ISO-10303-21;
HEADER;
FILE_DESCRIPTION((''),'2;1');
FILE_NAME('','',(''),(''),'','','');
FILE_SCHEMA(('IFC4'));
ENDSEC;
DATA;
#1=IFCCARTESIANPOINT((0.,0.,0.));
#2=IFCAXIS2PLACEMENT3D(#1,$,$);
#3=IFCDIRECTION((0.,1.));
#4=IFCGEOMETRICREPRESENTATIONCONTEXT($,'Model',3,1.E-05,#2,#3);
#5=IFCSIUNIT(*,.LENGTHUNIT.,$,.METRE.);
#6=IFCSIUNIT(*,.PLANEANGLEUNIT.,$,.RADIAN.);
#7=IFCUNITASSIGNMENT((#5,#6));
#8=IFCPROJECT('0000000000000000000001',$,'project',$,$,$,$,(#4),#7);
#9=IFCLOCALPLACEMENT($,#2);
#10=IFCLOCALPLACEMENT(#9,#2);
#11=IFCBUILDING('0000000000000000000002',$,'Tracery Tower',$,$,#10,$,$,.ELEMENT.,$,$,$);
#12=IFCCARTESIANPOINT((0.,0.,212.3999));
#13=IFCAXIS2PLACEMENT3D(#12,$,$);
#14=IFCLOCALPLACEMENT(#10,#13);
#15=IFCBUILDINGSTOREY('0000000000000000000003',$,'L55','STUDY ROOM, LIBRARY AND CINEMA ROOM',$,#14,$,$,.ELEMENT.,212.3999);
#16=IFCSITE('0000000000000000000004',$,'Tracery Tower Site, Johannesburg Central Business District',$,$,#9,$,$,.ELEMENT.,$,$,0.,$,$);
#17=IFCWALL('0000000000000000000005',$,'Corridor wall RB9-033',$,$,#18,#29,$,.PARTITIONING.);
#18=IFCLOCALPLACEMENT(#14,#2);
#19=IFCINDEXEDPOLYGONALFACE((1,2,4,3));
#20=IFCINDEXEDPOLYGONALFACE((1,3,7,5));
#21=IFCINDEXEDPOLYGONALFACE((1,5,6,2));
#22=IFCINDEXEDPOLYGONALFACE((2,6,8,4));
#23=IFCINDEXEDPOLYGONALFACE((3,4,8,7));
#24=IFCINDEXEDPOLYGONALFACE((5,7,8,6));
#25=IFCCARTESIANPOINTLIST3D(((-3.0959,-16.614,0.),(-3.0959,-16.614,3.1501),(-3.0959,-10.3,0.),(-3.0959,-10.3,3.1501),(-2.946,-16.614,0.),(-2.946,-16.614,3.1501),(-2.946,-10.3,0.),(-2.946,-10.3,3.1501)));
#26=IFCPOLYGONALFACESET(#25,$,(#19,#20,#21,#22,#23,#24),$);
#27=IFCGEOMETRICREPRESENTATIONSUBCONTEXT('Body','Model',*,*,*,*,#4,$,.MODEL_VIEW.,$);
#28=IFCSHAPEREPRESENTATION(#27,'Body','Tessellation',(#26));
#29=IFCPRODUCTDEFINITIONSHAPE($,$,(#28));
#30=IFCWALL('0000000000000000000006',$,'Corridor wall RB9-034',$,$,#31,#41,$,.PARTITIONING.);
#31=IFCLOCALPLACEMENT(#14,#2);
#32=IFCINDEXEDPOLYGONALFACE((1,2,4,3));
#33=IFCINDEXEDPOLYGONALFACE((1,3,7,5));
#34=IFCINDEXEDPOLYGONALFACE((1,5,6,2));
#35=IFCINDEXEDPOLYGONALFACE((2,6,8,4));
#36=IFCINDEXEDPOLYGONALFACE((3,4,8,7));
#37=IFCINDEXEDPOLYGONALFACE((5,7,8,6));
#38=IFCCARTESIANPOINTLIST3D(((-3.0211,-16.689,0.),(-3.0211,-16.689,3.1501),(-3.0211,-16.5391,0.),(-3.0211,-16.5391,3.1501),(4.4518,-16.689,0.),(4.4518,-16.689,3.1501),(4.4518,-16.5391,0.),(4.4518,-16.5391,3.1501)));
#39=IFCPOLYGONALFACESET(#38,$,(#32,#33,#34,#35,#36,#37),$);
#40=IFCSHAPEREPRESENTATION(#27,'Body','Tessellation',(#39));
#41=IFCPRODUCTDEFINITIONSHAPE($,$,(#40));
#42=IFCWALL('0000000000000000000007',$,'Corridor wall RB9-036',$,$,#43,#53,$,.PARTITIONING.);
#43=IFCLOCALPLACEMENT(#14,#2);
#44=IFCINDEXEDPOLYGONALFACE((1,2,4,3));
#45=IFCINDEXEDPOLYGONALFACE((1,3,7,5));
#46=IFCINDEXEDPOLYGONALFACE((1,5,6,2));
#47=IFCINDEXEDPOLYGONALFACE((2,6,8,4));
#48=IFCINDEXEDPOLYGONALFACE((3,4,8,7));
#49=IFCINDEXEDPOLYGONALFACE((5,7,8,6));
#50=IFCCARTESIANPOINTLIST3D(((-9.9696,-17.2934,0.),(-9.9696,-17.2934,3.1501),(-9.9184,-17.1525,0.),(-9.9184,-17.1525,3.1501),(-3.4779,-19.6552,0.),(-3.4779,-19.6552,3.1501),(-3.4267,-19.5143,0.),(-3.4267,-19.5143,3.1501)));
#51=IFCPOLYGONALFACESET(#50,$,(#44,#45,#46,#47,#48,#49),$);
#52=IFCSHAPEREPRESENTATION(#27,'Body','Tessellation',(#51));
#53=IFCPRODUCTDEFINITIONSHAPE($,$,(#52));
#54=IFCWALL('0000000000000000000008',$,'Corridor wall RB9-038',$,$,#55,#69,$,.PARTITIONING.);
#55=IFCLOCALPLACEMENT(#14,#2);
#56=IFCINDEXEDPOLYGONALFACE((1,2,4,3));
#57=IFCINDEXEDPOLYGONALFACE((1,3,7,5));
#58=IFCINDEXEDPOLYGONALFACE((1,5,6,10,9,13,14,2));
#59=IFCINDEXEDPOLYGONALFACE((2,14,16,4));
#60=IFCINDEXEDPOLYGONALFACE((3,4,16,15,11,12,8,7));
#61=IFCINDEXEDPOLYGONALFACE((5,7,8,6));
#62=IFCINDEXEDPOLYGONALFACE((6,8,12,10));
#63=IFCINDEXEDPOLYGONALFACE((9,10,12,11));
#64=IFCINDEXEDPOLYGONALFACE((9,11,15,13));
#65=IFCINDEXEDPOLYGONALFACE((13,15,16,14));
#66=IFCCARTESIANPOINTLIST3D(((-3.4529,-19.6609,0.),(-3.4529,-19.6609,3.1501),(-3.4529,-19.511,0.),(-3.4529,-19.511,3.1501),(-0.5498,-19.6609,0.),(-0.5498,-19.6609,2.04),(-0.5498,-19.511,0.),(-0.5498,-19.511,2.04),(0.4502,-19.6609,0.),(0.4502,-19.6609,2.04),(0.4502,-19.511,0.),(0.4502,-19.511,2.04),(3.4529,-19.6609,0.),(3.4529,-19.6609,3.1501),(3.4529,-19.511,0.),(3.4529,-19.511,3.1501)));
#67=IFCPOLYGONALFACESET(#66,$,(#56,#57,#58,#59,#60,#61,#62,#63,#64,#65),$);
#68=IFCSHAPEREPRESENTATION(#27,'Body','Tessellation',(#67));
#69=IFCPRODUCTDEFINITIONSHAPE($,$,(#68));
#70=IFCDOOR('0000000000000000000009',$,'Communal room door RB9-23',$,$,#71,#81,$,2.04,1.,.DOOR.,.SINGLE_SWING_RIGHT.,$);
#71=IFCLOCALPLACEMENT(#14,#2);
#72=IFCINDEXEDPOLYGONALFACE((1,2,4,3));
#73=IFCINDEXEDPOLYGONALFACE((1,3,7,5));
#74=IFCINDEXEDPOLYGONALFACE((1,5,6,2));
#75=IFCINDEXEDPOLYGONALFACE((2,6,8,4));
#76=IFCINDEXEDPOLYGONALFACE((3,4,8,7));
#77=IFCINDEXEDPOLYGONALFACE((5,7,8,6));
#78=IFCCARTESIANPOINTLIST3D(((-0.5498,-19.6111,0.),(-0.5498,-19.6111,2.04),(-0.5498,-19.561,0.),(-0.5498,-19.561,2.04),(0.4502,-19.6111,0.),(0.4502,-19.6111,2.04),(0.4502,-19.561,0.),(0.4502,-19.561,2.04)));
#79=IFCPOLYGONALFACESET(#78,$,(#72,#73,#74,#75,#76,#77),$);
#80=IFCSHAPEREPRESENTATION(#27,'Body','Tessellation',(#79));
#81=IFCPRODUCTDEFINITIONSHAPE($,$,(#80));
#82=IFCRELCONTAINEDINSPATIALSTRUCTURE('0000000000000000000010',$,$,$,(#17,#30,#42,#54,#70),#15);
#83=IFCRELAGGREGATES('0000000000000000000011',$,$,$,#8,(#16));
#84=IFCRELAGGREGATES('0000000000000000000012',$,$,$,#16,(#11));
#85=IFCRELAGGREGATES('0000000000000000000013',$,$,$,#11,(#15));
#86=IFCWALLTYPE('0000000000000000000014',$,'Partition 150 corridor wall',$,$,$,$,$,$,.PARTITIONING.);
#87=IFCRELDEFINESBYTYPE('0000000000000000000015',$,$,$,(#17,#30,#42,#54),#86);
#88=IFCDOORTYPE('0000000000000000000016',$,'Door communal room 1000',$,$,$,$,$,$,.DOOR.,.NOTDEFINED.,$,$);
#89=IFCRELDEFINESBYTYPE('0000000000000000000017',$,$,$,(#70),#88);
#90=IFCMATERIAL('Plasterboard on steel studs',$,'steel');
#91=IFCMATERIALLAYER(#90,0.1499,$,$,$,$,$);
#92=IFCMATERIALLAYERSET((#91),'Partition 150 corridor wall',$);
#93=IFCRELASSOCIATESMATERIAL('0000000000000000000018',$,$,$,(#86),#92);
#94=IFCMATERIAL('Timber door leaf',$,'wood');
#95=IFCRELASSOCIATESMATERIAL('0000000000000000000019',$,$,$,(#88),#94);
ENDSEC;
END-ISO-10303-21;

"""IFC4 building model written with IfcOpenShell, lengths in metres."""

from ifc_helpers import new_model, si_unit, direction, frame, frame_2d, origin, place, context, subcontext, project, spatial, rectangle, extrude, material, layer, layer_set, type_object, element, fill, save


model = new_model("IFC4")

# Units and contexts
model_context = context("Model", 3, precision=1e-05, world=origin(), true_north=direction((0.0, 1.0)))
body_context = subcontext(model_context, "Body", "Model", "MODEL_VIEW")
ifc_project = project(units=[si_unit("LENGTHUNIT", "METRE"), si_unit("PLANEANGLEUNIT", "RADIAN")], contexts=[model_context])

# Site, building, storey
site_placement = place(None, origin())
site = spatial("IfcSite", under=ifc_project, at=site_placement, Name="Tracery Tower Site, Johannesburg Central Business District", CompositionType="ELEMENT", RefElevation=0.0)
building_placement = place(site_placement, origin())
building = spatial("IfcBuilding", under=site, at=building_placement, Name="Tracery Tower", CompositionType="ELEMENT")
storey_placement = place(building_placement, frame((0.0, 0.0, 212.3999)))
storey = spatial("IfcBuildingStorey", under=building, at=storey_placement, Name="L55", Description="STUDY ROOM, LIBRARY AND CINEMA ROOM", CompositionType="ELEMENT", Elevation=212.3999)

# Shared definitions
ifc_material_1 = material(Name="Plasterboard on steel studs", Category="steel")
ifc_layer_1 = layer(ifc_material_1, 0.1499)
ifc_layer_set_1 = layer_set([ifc_layer_1], Name="Partition 150 corridor wall")
wall_type_1 = type_object("IfcWallType", Name="Partition 150 corridor wall", PredefinedType="PARTITIONING", material=ifc_layer_set_1)

# Walls
wall_1_placement = place(storey_placement, frame((-3.021, -16.614, 0.0), z_axis=(0.0, 0.0, 1.0), x_axis=(0.0, 1.0, 0.0)))
element("IfcWall", 1, at=wall_1_placement, inside=storey, type_object=wall_type_1, Name="Corridor wall RB9-033", PredefinedType="PARTITIONING", context=body_context, shape_type="SweptSolid", body=[
    extrude(rectangle(XDim=6.314, YDim=0.1499, at=frame_2d((3.157, 0.0))), origin(), (0.0, 0.0, 1.0), 3.1501),
])
wall_2_placement = place(storey_placement, frame((-3.021, -16.614, 0.0), z_axis=(0.0, 0.0, 1.0), x_axis=(1.0, 0.0, 0.0)))
element("IfcWall", 2, at=wall_2_placement, inside=storey, type_object=wall_type_1, Name="Corridor wall RB9-034", PredefinedType="PARTITIONING", context=body_context, shape_type="SweptSolid", body=[
    extrude(rectangle(XDim=7.4729, YDim=0.1499, at=frame_2d((3.7363, 0.0))), origin(), (0.0, 0.0, 1.0), 3.1501),
])
wall_3_placement = place(storey_placement, frame((-9.9441, -17.2229, 0.0), z_axis=(0.0, 0.0, 1.0), x_axis=(0.939738, -0.341896, 0.0)))
element("IfcWall", 3, at=wall_3_placement, inside=storey, type_object=wall_type_1, Name="Corridor wall RB9-036", PredefinedType="PARTITIONING", context=body_context, shape_type="SweptSolid", body=[
    extrude(rectangle(XDim=6.908, YDim=0.1499, at=frame_2d((3.4541, 0.0))), origin(), (0.0, 0.0, 1.0), 3.1501),
])

# Wall, opening, door
wall_4_placement = place(storey_placement, frame((-3.4529, -19.5859, 0.0), z_axis=(0.0, 0.0, 1.0), x_axis=(1.0, 0.0, 0.0)))
wall_4 = element("IfcWall", 4, at=wall_4_placement, inside=storey, type_object=wall_type_1, Name="Corridor wall RB9-038", PredefinedType="PARTITIONING", context=body_context, shape_type="SweptSolid", body=[
    extrude(rectangle(XDim=6.9058, YDim=0.1499, at=frame_2d((3.4529, 0.0))), origin(), (0.0, 0.0, 1.0), 3.1501),
])
opening_1_placement = place(wall_4_placement, frame((2.9031, 0.0, 0.0)))
opening_1 = element("IfcOpeningElement", 5, at=opening_1_placement, cuts=wall_4, PredefinedType="OPENING", context=body_context, shape_type="SweptSolid", body=[
    extrude(rectangle(XDim=1.0, YDim=2.04, at=frame_2d((0.5, 1.02))), frame((0.0, 0.075, 0.0), z_axis=(0.0, -1.0, 0.0), x_axis=(1.0, 0.0, 0.0)), (0.0, 0.0, 1.0), 0.1499),
])
ifc_material_2 = material(Name="Timber door leaf", Category="wood")
door_type_1 = type_object("IfcDoorType", Name="Door communal room 1000", OperationType="NOTDEFINED", PredefinedType="DOOR", material=ifc_material_2)
door_1_placement = place(opening_1_placement, origin())
door_1 = element("IfcDoor", 6, at=door_1_placement, inside=storey, type_object=door_type_1, Name="Communal room door RB9-23", OperationType="SINGLE_SWING_RIGHT", OverallHeight=2.04, OverallWidth=1.0, PredefinedType="DOOR", context=body_context, shape_type="SweptSolid", body=[
    extrude(rectangle(XDim=1.0, YDim=2.04, at=frame_2d((0.5, 1.02))), frame((0.0, 0.0249, 0.0), z_axis=(0.0, -1.0, 0.0), x_axis=(1.0, 0.0, 0.0)), (0.0, 0.0, 1.0), 0.05),
])
fill(opening_1, door_1)

save(model, "model.ifc")
